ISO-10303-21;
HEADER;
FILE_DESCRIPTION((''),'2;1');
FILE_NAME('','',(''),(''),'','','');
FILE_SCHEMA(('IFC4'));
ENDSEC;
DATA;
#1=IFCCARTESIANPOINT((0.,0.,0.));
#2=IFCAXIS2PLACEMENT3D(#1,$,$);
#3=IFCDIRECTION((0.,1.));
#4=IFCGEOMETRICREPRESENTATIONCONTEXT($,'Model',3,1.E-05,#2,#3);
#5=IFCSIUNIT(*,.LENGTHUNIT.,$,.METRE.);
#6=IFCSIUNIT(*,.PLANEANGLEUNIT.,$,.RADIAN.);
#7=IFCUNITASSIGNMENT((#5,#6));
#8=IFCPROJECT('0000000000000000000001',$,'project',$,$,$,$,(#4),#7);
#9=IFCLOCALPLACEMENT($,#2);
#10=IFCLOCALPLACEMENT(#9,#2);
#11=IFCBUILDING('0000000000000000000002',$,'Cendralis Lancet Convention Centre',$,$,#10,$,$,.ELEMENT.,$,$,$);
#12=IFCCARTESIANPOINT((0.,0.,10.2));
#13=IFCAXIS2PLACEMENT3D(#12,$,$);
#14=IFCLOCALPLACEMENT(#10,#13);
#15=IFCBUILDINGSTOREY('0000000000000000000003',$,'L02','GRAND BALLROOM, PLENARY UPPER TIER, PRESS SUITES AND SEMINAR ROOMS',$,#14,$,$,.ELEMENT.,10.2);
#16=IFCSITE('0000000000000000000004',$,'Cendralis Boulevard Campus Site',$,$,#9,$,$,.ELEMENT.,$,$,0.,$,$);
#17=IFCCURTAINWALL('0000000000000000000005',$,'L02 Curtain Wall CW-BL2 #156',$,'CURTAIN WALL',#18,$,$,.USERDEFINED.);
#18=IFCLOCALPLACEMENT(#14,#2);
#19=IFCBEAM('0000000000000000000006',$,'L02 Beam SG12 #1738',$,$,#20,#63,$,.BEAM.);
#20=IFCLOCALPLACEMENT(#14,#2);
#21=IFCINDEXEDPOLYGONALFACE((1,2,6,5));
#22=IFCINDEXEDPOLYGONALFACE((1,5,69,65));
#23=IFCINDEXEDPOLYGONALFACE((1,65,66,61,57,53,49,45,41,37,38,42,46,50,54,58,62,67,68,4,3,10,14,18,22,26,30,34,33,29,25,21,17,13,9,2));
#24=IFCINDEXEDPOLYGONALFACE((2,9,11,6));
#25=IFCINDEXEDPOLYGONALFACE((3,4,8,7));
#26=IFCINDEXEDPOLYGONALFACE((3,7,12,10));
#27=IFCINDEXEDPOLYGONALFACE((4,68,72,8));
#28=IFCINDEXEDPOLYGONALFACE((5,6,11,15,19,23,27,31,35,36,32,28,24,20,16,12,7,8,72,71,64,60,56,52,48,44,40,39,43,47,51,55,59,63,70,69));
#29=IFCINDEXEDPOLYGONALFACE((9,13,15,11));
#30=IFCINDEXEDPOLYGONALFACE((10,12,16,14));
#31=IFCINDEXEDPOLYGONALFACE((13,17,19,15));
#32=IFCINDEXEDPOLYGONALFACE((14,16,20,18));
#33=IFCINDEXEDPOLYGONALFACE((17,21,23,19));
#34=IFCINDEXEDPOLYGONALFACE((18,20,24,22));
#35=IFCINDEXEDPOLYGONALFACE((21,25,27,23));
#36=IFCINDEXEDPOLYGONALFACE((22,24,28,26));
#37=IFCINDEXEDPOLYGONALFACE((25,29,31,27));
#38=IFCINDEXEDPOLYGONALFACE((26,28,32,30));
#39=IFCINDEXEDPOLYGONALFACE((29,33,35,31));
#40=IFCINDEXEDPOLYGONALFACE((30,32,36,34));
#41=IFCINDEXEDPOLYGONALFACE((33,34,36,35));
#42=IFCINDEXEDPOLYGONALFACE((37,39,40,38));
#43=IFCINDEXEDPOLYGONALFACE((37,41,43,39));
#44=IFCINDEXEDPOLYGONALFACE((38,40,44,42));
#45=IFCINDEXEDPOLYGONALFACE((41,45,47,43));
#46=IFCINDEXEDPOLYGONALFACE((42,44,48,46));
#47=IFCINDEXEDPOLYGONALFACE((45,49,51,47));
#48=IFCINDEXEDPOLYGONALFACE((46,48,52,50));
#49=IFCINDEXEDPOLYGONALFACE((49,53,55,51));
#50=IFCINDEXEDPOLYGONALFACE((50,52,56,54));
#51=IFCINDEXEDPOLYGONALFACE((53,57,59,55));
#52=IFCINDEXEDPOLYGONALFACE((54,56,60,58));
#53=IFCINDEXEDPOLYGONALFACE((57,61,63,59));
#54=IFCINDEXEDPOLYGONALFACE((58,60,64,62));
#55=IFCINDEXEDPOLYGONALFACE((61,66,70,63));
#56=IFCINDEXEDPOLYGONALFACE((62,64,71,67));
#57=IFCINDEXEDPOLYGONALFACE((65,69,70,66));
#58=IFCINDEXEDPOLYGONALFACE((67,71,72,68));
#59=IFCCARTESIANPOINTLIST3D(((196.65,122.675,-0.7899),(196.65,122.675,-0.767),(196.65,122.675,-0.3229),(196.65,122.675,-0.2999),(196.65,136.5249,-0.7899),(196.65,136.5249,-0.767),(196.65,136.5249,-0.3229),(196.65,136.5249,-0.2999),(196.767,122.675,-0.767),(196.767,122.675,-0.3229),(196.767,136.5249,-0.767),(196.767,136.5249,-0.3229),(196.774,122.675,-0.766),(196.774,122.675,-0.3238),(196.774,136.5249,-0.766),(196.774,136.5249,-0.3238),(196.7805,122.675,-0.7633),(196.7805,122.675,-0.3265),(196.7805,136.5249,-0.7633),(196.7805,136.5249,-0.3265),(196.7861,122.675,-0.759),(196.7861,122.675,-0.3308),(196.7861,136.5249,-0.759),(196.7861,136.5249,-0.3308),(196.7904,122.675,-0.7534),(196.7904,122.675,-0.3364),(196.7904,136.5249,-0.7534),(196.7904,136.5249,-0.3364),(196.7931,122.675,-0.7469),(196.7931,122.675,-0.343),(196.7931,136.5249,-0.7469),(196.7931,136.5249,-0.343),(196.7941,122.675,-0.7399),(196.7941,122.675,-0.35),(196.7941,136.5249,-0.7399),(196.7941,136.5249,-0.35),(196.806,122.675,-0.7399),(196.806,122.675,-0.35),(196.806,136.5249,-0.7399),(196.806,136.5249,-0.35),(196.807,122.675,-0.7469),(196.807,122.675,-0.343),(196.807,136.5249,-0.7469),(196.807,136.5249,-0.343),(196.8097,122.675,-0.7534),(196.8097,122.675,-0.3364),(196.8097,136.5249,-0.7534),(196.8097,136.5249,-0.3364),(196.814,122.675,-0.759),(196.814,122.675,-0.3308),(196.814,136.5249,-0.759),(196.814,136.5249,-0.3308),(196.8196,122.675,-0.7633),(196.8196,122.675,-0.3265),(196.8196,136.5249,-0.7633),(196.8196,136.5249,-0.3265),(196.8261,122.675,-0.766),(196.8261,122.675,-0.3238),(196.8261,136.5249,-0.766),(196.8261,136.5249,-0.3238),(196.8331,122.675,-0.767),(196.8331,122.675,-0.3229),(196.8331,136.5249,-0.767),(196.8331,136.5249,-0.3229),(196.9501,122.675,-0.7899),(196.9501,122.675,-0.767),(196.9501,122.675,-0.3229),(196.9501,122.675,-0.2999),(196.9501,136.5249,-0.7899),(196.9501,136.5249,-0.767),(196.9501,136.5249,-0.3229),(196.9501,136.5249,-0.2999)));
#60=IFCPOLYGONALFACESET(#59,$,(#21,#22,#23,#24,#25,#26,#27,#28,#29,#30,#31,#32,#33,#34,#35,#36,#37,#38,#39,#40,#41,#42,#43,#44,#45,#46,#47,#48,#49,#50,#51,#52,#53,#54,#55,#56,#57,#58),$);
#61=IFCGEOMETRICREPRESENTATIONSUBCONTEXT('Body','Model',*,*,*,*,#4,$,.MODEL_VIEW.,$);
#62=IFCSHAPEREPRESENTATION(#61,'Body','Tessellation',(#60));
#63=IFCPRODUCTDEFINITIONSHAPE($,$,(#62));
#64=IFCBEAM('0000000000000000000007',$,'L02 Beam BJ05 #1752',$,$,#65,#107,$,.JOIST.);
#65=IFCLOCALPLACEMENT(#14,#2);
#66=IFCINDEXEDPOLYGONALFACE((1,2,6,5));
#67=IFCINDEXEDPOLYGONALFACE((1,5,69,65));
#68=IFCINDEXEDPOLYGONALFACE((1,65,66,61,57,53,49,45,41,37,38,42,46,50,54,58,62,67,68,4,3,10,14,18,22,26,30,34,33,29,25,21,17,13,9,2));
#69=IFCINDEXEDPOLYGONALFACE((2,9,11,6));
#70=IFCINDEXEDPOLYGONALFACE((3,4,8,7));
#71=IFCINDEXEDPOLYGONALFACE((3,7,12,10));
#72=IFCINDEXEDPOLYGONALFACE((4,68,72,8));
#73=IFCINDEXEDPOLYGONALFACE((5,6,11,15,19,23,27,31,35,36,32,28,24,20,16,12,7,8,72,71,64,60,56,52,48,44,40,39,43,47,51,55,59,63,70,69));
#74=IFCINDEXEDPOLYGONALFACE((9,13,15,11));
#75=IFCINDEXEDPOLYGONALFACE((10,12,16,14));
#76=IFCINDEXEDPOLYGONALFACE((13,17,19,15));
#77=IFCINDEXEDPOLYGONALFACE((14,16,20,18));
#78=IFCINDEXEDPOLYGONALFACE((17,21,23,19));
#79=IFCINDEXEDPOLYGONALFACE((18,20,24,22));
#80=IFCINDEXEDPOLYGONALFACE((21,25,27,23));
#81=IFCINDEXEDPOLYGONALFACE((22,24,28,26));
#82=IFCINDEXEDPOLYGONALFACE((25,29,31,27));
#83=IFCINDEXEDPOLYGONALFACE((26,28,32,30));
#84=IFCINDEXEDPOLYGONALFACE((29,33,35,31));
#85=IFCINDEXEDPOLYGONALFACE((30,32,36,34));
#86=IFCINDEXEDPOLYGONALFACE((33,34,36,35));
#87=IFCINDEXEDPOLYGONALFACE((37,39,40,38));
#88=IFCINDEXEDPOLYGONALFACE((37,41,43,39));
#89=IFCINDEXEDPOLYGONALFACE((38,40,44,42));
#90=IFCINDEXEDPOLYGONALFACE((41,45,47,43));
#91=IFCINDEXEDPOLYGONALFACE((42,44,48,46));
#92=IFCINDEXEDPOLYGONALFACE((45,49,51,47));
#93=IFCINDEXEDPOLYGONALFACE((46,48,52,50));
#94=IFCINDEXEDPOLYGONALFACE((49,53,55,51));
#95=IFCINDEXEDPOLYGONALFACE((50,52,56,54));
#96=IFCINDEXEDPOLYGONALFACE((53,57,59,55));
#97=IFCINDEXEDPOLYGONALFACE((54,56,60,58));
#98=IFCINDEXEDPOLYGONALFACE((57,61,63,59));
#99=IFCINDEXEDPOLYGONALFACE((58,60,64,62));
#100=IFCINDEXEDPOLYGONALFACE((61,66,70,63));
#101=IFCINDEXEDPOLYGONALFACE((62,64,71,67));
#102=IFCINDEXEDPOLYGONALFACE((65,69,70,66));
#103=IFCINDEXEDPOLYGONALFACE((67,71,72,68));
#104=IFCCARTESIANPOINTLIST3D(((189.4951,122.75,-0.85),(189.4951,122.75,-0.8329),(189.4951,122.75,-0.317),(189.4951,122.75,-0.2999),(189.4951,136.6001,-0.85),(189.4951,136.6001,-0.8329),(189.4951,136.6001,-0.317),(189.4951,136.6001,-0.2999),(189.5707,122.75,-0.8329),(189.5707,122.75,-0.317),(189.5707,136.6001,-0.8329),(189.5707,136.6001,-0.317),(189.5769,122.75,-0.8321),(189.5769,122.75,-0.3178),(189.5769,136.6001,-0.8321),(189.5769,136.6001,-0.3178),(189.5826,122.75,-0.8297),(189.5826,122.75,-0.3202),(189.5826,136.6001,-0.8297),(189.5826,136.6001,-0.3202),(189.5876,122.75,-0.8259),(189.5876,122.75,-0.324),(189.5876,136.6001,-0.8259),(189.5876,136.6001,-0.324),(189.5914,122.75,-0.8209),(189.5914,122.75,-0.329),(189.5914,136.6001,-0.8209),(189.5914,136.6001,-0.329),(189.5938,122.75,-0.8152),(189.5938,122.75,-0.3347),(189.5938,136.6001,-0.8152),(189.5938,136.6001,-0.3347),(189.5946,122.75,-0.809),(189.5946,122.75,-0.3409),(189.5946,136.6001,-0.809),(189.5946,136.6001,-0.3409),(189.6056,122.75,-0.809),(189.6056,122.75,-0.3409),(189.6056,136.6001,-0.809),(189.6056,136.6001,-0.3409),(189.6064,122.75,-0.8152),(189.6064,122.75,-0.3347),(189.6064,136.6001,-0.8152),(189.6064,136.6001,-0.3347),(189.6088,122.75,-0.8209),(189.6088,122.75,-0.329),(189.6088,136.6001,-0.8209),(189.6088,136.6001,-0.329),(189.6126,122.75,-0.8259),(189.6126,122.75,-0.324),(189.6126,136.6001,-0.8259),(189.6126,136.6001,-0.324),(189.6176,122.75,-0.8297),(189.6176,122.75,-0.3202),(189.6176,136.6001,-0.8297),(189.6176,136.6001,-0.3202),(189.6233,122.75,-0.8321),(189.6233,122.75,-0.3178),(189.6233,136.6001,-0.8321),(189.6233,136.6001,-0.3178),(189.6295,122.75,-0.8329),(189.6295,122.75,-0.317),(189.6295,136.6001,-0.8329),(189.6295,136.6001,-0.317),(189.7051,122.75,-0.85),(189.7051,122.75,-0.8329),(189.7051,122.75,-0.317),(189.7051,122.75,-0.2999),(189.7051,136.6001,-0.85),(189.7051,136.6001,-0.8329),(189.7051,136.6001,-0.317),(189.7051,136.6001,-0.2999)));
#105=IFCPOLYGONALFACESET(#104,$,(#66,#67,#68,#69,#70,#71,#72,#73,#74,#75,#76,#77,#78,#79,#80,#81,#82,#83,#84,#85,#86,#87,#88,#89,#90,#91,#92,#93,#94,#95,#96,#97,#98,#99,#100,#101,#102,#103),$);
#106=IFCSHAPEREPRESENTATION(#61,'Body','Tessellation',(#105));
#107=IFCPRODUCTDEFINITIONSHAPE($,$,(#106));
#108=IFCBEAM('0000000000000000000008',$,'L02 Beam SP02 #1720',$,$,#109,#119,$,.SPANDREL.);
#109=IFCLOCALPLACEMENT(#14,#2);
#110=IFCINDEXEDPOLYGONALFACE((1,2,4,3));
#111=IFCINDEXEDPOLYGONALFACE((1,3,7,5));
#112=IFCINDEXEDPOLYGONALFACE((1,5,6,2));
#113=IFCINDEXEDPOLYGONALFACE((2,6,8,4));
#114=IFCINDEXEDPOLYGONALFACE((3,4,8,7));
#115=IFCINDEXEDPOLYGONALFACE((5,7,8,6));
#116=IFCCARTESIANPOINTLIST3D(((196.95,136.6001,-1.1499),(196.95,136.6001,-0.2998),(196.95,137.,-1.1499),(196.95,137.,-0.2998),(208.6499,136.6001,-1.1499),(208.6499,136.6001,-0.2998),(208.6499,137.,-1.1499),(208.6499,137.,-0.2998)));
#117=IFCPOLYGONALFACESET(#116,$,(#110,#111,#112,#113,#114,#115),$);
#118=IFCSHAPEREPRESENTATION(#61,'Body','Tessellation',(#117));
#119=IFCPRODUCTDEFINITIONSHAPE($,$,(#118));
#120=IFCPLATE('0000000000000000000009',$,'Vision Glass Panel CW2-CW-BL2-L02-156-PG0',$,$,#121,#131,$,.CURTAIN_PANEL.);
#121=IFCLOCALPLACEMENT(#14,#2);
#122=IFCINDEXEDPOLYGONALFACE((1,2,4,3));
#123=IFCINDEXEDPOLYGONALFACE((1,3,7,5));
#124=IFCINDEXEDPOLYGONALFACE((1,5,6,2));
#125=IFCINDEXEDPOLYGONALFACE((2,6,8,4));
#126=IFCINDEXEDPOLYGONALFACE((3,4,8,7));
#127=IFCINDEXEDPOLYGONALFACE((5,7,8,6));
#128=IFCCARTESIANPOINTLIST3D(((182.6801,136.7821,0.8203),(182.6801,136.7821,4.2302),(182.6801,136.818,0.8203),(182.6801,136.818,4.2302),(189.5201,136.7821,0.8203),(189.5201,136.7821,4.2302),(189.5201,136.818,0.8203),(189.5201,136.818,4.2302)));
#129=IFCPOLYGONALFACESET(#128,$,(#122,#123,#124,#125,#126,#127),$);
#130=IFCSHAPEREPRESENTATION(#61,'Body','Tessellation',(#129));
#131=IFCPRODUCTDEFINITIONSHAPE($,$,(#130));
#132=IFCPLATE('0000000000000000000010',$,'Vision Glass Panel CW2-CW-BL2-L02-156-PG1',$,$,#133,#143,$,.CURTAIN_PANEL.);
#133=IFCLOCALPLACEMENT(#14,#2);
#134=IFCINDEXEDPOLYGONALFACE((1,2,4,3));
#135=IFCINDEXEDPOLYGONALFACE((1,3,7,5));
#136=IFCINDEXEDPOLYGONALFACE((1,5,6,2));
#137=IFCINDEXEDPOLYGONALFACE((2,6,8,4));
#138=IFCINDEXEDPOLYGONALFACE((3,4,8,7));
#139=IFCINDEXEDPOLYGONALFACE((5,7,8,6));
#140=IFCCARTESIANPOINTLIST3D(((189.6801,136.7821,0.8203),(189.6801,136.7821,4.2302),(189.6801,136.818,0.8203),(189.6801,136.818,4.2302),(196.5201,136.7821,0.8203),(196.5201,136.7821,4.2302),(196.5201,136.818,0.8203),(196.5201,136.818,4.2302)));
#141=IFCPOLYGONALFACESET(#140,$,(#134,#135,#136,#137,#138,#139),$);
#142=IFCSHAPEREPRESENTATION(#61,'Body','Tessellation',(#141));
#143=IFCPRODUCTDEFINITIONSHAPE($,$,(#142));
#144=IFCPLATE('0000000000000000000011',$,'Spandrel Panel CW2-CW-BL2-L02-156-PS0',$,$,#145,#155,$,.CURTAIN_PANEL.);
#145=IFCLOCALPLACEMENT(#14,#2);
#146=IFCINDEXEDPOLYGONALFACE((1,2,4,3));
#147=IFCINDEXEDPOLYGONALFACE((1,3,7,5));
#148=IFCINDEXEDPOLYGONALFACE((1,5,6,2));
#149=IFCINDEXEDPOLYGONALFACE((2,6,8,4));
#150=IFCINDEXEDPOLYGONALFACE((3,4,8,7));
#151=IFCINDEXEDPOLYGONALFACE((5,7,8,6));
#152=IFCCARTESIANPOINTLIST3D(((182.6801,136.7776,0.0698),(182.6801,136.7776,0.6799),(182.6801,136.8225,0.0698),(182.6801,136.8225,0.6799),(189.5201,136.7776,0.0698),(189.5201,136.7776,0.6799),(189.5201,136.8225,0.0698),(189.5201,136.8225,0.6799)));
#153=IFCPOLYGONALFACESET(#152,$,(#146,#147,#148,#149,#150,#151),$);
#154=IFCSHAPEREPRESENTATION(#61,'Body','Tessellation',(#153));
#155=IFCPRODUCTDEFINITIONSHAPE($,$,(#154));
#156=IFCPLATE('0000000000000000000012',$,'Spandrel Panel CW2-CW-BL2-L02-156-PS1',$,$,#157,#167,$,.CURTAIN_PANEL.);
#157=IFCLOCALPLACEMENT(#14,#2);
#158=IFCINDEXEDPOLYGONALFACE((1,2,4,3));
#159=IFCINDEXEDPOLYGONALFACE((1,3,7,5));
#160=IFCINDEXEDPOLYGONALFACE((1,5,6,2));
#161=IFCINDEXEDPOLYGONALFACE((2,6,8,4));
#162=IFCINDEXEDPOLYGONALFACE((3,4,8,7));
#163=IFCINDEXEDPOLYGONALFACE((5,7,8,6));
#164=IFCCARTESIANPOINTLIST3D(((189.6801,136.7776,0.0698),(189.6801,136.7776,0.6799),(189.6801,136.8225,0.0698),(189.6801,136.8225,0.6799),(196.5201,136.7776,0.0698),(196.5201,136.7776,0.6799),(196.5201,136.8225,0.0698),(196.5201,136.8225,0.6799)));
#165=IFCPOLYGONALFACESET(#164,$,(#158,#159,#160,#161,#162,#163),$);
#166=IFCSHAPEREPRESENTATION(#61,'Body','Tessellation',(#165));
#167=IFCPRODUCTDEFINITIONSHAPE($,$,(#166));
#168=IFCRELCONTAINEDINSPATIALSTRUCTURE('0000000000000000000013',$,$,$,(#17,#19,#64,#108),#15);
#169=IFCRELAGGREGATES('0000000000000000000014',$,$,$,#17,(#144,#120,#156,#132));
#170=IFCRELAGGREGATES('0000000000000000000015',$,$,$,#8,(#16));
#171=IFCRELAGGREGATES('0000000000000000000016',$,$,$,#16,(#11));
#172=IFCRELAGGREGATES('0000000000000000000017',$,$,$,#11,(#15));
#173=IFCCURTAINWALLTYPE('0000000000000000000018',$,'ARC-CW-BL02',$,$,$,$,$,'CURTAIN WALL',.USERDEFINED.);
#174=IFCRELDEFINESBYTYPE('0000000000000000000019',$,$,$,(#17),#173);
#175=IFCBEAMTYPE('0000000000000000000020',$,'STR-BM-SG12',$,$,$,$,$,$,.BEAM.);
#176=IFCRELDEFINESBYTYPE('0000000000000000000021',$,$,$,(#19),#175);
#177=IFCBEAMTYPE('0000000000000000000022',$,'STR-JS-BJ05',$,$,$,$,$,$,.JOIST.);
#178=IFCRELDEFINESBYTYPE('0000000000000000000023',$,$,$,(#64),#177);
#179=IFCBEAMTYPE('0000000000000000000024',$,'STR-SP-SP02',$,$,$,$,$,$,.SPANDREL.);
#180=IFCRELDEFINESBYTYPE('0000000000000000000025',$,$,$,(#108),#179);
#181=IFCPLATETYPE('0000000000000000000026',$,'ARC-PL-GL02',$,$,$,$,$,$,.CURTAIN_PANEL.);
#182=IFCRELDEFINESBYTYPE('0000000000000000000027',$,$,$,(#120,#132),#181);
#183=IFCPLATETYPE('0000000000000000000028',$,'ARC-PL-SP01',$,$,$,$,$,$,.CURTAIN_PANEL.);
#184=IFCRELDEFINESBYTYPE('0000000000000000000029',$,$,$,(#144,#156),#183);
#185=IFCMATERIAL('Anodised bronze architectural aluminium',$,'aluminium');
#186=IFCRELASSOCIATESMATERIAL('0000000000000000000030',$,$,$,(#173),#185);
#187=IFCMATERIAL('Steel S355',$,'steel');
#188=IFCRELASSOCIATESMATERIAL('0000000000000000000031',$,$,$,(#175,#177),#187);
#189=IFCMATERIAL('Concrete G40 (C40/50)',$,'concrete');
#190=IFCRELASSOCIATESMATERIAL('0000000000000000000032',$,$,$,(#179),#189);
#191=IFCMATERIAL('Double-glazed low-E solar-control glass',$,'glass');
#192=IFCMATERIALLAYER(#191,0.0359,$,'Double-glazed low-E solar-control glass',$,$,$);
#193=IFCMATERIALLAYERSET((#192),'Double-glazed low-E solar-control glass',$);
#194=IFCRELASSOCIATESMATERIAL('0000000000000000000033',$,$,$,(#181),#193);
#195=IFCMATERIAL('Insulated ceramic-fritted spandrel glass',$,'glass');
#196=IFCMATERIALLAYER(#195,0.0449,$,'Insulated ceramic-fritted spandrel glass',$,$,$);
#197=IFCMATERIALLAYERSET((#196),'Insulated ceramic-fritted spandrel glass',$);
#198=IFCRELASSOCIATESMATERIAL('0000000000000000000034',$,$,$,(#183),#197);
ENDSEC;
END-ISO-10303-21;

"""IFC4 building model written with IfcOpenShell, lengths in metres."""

from ifc_helpers import new_model, si_unit, direction, frame, origin, origin_2d, place, context, subcontext, project, spatial, rectangle, i_section, extrude, material, layer, layer_set, material_profile, profile_set, type_object, element, aggregate, save


model = new_model("IFC4")

# Units and contexts
model_context = context("Model", 3, precision=1e-05, world=origin(), true_north=direction((0.0, 1.0)))
body_context = subcontext(model_context, "Body", "Model", "MODEL_VIEW")
ifc_project = project(units=[si_unit("LENGTHUNIT", "METRE"), si_unit("PLANEANGLEUNIT", "RADIAN")], contexts=[model_context])

# Site, building, storey
site_placement = place(None, origin())
site = spatial("IfcSite", under=ifc_project, at=site_placement, Name="Cendralis Boulevard Campus Site", CompositionType="ELEMENT", RefElevation=0.0)
building_placement = place(site_placement, origin())
building = spatial("IfcBuilding", under=site, at=building_placement, Name="Cendralis Lancet Convention Centre", CompositionType="ELEMENT")
storey_placement = place(building_placement, frame((0.0, 0.0, 10.2)))
storey = spatial("IfcBuildingStorey", under=building, at=storey_placement, Name="L02", Description="GRAND BALLROOM, PLENARY UPPER TIER, PRESS SUITES AND SEMINAR ROOMS", CompositionType="ELEMENT", Elevation=10.2)

# Shared definitions
ifc_material_1 = material(Name="Steel S355", Category="steel")

# Curtain wall
ifc_material_2 = material(Name="Anodised bronze architectural aluminium", Category="aluminium")
curtain_wall_type = type_object("IfcCurtainWallType", Name="ARC-CW-BL02", ElementType="CURTAIN WALL", PredefinedType="USERDEFINED", material=ifc_material_2)
curtain_wall_placement = place(storey_placement, origin())
curtain_wall = element("IfcCurtainWall", 1, at=curtain_wall_placement, inside=storey, type_object=curtain_wall_type, Name="L02 Curtain Wall CW-BL2 #156", ObjectType="CURTAIN WALL", PredefinedType="USERDEFINED")

# Beams
ifc_material_3 = material(Name="Concrete G40 (C40/50)", Category="concrete")
ifc_material_profile_1 = material_profile(ifc_material_1, i_section(OverallWidth=0.3, OverallDepth=0.49, WebThickness=0.012, FlangeThickness=0.0229, FilletRadius=0.0271, at=origin_2d()), Name="HEA 500")
ifc_profile_set_1 = profile_set([ifc_material_profile_1], Name="Steel S355")
beam_type_1 = type_object("IfcBeamType", Name="STR-BM-SG12", PredefinedType="BEAM", material=ifc_profile_set_1)
beam_1_placement = place(storey_placement, frame((196.8, 122.675, -0.5449), z_axis=(0.0, 1.0, 0.0), x_axis=(-1.0, 0.0, 0.0)))
element("IfcBeam", 2, at=beam_1_placement, inside=storey, type_object=beam_type_1, Name="L02 Beam SG12 #1738", PredefinedType="BEAM", context=body_context, shape_type="SweptSolid", body=[
    extrude(i_section(OverallWidth=0.3, OverallDepth=0.49, WebThickness=0.012, FlangeThickness=0.0229, FilletRadius=0.0271, at=origin_2d()), origin(), (0.0, 0.0, 1.0), 13.8499),
])
ifc_material_profile_2 = material_profile(ifc_material_1, i_section(OverallWidth=0.21, OverallDepth=0.55, WebThickness=0.011, FlangeThickness=0.0171, FilletRadius=0.0239, at=origin_2d()), Name="IPE 550")
ifc_profile_set_2 = profile_set([ifc_material_profile_2], Name="Steel S355")
beam_type_2 = type_object("IfcBeamType", Name="STR-JS-BJ05", PredefinedType="JOIST", material=ifc_profile_set_2)
beam_2_placement = place(storey_placement, frame((189.6001, 122.75, -0.575), z_axis=(0.0, 1.0, 0.0), x_axis=(-1.0, 0.0, 0.0)))
element("IfcBeam", 3, at=beam_2_placement, inside=storey, type_object=beam_type_2, Name="L02 Beam BJ05 #1752", PredefinedType="JOIST", context=body_context, shape_type="SweptSolid", body=[
    extrude(i_section(OverallWidth=0.21, OverallDepth=0.55, WebThickness=0.011, FlangeThickness=0.0171, FilletRadius=0.0239, at=origin_2d()), origin(), (0.0, 0.0, 1.0), 13.8501),
])
ifc_material_profile_3 = material_profile(ifc_material_3, rectangle(XDim=0.3999, YDim=0.8501, at=origin_2d()), Name="RCB 400x850")
ifc_profile_set_3 = profile_set([ifc_material_profile_3], Name="Concrete G40 (C40/50)")
beam_type_3 = type_object("IfcBeamType", Name="STR-SP-SP02", PredefinedType="SPANDREL", material=ifc_profile_set_3)
beam_3_placement = place(storey_placement, frame((196.95, 136.8, -0.7249), z_axis=(1.0, 0.0, 0.0), x_axis=(0.0, 1.0, 0.0)))
element("IfcBeam", 4, at=beam_3_placement, inside=storey, type_object=beam_type_3, Name="L02 Beam SP02 #1720", PredefinedType="SPANDREL", context=body_context, shape_type="SweptSolid", body=[
    extrude(rectangle(XDim=0.3999, YDim=0.8501, at=origin_2d()), origin(), (0.0, 0.0, 1.0), 11.7),
])

# Plates
ifc_material_4 = material(Name="Double-glazed low-E solar-control glass", Category="glass")
ifc_layer_1 = layer(ifc_material_4, 0.0359, Name="Double-glazed low-E solar-control glass")
ifc_layer_set_1 = layer_set([ifc_layer_1], Name="Double-glazed low-E solar-control glass")
plate_type_1 = type_object("IfcPlateType", Name="ARC-PL-GL02", PredefinedType="CURTAIN_PANEL", material=ifc_layer_set_1)
plate_1_placement = place(storey_placement, frame((186.1001, 136.8, 0.8203), z_axis=(0.0, 0.0, 1.0), x_axis=(1.0, 0.0, 0.0)))
plate_1 = element("IfcPlate", 5, at=plate_1_placement, type_object=plate_type_1, Name="Vision Glass Panel CW2-CW-BL2-L02-156-PG0", PredefinedType="CURTAIN_PANEL", context=body_context, shape_type="SweptSolid", body=[
    extrude(rectangle(XDim=6.8401, YDim=0.0359, at=origin_2d()), origin(), (0.0, 0.0, 1.0), 3.4099),
])
plate_2_placement = place(storey_placement, frame((193.1001, 136.8, 0.8203), z_axis=(0.0, 0.0, 1.0), x_axis=(1.0, 0.0, 0.0)))
plate_2 = element("IfcPlate", 6, at=plate_2_placement, type_object=plate_type_1, Name="Vision Glass Panel CW2-CW-BL2-L02-156-PG1", PredefinedType="CURTAIN_PANEL", context=body_context, shape_type="SweptSolid", body=[
    extrude(rectangle(XDim=6.8401, YDim=0.0359, at=origin_2d()), origin(), (0.0, 0.0, 1.0), 3.4099),
])
ifc_material_5 = material(Name="Insulated ceramic-fritted spandrel glass", Category="glass")
ifc_layer_2 = layer(ifc_material_5, 0.0449, Name="Insulated ceramic-fritted spandrel glass")
ifc_layer_set_2 = layer_set([ifc_layer_2], Name="Insulated ceramic-fritted spandrel glass")
plate_type_2 = type_object("IfcPlateType", Name="ARC-PL-SP01", PredefinedType="CURTAIN_PANEL", material=ifc_layer_set_2)
plate_3_placement = place(storey_placement, frame((186.1001, 136.8, 0.0698), z_axis=(0.0, 0.0, 1.0), x_axis=(1.0, 0.0, 0.0)))
plate_3 = element("IfcPlate", 7, at=plate_3_placement, type_object=plate_type_2, Name="Spandrel Panel CW2-CW-BL2-L02-156-PS0", PredefinedType="CURTAIN_PANEL", context=body_context, shape_type="SweptSolid", body=[
    extrude(rectangle(XDim=6.8401, YDim=0.0449, at=origin_2d()), origin(), (0.0, 0.0, 1.0), 0.6101),
])
plate_4_placement = place(storey_placement, frame((193.1001, 136.8, 0.0698), z_axis=(0.0, 0.0, 1.0), x_axis=(1.0, 0.0, 0.0)))
plate_4 = element("IfcPlate", 8, at=plate_4_placement, type_object=plate_type_2, Name="Spandrel Panel CW2-CW-BL2-L02-156-PS1", PredefinedType="CURTAIN_PANEL", context=body_context, shape_type="SweptSolid", body=[
    extrude(rectangle(XDim=6.8401, YDim=0.0449, at=origin_2d()), origin(), (0.0, 0.0, 1.0), 0.6101),
])
aggregate(curtain_wall, [plate_3, plate_1, plate_4, plate_2])

save(model, "model.ifc")
